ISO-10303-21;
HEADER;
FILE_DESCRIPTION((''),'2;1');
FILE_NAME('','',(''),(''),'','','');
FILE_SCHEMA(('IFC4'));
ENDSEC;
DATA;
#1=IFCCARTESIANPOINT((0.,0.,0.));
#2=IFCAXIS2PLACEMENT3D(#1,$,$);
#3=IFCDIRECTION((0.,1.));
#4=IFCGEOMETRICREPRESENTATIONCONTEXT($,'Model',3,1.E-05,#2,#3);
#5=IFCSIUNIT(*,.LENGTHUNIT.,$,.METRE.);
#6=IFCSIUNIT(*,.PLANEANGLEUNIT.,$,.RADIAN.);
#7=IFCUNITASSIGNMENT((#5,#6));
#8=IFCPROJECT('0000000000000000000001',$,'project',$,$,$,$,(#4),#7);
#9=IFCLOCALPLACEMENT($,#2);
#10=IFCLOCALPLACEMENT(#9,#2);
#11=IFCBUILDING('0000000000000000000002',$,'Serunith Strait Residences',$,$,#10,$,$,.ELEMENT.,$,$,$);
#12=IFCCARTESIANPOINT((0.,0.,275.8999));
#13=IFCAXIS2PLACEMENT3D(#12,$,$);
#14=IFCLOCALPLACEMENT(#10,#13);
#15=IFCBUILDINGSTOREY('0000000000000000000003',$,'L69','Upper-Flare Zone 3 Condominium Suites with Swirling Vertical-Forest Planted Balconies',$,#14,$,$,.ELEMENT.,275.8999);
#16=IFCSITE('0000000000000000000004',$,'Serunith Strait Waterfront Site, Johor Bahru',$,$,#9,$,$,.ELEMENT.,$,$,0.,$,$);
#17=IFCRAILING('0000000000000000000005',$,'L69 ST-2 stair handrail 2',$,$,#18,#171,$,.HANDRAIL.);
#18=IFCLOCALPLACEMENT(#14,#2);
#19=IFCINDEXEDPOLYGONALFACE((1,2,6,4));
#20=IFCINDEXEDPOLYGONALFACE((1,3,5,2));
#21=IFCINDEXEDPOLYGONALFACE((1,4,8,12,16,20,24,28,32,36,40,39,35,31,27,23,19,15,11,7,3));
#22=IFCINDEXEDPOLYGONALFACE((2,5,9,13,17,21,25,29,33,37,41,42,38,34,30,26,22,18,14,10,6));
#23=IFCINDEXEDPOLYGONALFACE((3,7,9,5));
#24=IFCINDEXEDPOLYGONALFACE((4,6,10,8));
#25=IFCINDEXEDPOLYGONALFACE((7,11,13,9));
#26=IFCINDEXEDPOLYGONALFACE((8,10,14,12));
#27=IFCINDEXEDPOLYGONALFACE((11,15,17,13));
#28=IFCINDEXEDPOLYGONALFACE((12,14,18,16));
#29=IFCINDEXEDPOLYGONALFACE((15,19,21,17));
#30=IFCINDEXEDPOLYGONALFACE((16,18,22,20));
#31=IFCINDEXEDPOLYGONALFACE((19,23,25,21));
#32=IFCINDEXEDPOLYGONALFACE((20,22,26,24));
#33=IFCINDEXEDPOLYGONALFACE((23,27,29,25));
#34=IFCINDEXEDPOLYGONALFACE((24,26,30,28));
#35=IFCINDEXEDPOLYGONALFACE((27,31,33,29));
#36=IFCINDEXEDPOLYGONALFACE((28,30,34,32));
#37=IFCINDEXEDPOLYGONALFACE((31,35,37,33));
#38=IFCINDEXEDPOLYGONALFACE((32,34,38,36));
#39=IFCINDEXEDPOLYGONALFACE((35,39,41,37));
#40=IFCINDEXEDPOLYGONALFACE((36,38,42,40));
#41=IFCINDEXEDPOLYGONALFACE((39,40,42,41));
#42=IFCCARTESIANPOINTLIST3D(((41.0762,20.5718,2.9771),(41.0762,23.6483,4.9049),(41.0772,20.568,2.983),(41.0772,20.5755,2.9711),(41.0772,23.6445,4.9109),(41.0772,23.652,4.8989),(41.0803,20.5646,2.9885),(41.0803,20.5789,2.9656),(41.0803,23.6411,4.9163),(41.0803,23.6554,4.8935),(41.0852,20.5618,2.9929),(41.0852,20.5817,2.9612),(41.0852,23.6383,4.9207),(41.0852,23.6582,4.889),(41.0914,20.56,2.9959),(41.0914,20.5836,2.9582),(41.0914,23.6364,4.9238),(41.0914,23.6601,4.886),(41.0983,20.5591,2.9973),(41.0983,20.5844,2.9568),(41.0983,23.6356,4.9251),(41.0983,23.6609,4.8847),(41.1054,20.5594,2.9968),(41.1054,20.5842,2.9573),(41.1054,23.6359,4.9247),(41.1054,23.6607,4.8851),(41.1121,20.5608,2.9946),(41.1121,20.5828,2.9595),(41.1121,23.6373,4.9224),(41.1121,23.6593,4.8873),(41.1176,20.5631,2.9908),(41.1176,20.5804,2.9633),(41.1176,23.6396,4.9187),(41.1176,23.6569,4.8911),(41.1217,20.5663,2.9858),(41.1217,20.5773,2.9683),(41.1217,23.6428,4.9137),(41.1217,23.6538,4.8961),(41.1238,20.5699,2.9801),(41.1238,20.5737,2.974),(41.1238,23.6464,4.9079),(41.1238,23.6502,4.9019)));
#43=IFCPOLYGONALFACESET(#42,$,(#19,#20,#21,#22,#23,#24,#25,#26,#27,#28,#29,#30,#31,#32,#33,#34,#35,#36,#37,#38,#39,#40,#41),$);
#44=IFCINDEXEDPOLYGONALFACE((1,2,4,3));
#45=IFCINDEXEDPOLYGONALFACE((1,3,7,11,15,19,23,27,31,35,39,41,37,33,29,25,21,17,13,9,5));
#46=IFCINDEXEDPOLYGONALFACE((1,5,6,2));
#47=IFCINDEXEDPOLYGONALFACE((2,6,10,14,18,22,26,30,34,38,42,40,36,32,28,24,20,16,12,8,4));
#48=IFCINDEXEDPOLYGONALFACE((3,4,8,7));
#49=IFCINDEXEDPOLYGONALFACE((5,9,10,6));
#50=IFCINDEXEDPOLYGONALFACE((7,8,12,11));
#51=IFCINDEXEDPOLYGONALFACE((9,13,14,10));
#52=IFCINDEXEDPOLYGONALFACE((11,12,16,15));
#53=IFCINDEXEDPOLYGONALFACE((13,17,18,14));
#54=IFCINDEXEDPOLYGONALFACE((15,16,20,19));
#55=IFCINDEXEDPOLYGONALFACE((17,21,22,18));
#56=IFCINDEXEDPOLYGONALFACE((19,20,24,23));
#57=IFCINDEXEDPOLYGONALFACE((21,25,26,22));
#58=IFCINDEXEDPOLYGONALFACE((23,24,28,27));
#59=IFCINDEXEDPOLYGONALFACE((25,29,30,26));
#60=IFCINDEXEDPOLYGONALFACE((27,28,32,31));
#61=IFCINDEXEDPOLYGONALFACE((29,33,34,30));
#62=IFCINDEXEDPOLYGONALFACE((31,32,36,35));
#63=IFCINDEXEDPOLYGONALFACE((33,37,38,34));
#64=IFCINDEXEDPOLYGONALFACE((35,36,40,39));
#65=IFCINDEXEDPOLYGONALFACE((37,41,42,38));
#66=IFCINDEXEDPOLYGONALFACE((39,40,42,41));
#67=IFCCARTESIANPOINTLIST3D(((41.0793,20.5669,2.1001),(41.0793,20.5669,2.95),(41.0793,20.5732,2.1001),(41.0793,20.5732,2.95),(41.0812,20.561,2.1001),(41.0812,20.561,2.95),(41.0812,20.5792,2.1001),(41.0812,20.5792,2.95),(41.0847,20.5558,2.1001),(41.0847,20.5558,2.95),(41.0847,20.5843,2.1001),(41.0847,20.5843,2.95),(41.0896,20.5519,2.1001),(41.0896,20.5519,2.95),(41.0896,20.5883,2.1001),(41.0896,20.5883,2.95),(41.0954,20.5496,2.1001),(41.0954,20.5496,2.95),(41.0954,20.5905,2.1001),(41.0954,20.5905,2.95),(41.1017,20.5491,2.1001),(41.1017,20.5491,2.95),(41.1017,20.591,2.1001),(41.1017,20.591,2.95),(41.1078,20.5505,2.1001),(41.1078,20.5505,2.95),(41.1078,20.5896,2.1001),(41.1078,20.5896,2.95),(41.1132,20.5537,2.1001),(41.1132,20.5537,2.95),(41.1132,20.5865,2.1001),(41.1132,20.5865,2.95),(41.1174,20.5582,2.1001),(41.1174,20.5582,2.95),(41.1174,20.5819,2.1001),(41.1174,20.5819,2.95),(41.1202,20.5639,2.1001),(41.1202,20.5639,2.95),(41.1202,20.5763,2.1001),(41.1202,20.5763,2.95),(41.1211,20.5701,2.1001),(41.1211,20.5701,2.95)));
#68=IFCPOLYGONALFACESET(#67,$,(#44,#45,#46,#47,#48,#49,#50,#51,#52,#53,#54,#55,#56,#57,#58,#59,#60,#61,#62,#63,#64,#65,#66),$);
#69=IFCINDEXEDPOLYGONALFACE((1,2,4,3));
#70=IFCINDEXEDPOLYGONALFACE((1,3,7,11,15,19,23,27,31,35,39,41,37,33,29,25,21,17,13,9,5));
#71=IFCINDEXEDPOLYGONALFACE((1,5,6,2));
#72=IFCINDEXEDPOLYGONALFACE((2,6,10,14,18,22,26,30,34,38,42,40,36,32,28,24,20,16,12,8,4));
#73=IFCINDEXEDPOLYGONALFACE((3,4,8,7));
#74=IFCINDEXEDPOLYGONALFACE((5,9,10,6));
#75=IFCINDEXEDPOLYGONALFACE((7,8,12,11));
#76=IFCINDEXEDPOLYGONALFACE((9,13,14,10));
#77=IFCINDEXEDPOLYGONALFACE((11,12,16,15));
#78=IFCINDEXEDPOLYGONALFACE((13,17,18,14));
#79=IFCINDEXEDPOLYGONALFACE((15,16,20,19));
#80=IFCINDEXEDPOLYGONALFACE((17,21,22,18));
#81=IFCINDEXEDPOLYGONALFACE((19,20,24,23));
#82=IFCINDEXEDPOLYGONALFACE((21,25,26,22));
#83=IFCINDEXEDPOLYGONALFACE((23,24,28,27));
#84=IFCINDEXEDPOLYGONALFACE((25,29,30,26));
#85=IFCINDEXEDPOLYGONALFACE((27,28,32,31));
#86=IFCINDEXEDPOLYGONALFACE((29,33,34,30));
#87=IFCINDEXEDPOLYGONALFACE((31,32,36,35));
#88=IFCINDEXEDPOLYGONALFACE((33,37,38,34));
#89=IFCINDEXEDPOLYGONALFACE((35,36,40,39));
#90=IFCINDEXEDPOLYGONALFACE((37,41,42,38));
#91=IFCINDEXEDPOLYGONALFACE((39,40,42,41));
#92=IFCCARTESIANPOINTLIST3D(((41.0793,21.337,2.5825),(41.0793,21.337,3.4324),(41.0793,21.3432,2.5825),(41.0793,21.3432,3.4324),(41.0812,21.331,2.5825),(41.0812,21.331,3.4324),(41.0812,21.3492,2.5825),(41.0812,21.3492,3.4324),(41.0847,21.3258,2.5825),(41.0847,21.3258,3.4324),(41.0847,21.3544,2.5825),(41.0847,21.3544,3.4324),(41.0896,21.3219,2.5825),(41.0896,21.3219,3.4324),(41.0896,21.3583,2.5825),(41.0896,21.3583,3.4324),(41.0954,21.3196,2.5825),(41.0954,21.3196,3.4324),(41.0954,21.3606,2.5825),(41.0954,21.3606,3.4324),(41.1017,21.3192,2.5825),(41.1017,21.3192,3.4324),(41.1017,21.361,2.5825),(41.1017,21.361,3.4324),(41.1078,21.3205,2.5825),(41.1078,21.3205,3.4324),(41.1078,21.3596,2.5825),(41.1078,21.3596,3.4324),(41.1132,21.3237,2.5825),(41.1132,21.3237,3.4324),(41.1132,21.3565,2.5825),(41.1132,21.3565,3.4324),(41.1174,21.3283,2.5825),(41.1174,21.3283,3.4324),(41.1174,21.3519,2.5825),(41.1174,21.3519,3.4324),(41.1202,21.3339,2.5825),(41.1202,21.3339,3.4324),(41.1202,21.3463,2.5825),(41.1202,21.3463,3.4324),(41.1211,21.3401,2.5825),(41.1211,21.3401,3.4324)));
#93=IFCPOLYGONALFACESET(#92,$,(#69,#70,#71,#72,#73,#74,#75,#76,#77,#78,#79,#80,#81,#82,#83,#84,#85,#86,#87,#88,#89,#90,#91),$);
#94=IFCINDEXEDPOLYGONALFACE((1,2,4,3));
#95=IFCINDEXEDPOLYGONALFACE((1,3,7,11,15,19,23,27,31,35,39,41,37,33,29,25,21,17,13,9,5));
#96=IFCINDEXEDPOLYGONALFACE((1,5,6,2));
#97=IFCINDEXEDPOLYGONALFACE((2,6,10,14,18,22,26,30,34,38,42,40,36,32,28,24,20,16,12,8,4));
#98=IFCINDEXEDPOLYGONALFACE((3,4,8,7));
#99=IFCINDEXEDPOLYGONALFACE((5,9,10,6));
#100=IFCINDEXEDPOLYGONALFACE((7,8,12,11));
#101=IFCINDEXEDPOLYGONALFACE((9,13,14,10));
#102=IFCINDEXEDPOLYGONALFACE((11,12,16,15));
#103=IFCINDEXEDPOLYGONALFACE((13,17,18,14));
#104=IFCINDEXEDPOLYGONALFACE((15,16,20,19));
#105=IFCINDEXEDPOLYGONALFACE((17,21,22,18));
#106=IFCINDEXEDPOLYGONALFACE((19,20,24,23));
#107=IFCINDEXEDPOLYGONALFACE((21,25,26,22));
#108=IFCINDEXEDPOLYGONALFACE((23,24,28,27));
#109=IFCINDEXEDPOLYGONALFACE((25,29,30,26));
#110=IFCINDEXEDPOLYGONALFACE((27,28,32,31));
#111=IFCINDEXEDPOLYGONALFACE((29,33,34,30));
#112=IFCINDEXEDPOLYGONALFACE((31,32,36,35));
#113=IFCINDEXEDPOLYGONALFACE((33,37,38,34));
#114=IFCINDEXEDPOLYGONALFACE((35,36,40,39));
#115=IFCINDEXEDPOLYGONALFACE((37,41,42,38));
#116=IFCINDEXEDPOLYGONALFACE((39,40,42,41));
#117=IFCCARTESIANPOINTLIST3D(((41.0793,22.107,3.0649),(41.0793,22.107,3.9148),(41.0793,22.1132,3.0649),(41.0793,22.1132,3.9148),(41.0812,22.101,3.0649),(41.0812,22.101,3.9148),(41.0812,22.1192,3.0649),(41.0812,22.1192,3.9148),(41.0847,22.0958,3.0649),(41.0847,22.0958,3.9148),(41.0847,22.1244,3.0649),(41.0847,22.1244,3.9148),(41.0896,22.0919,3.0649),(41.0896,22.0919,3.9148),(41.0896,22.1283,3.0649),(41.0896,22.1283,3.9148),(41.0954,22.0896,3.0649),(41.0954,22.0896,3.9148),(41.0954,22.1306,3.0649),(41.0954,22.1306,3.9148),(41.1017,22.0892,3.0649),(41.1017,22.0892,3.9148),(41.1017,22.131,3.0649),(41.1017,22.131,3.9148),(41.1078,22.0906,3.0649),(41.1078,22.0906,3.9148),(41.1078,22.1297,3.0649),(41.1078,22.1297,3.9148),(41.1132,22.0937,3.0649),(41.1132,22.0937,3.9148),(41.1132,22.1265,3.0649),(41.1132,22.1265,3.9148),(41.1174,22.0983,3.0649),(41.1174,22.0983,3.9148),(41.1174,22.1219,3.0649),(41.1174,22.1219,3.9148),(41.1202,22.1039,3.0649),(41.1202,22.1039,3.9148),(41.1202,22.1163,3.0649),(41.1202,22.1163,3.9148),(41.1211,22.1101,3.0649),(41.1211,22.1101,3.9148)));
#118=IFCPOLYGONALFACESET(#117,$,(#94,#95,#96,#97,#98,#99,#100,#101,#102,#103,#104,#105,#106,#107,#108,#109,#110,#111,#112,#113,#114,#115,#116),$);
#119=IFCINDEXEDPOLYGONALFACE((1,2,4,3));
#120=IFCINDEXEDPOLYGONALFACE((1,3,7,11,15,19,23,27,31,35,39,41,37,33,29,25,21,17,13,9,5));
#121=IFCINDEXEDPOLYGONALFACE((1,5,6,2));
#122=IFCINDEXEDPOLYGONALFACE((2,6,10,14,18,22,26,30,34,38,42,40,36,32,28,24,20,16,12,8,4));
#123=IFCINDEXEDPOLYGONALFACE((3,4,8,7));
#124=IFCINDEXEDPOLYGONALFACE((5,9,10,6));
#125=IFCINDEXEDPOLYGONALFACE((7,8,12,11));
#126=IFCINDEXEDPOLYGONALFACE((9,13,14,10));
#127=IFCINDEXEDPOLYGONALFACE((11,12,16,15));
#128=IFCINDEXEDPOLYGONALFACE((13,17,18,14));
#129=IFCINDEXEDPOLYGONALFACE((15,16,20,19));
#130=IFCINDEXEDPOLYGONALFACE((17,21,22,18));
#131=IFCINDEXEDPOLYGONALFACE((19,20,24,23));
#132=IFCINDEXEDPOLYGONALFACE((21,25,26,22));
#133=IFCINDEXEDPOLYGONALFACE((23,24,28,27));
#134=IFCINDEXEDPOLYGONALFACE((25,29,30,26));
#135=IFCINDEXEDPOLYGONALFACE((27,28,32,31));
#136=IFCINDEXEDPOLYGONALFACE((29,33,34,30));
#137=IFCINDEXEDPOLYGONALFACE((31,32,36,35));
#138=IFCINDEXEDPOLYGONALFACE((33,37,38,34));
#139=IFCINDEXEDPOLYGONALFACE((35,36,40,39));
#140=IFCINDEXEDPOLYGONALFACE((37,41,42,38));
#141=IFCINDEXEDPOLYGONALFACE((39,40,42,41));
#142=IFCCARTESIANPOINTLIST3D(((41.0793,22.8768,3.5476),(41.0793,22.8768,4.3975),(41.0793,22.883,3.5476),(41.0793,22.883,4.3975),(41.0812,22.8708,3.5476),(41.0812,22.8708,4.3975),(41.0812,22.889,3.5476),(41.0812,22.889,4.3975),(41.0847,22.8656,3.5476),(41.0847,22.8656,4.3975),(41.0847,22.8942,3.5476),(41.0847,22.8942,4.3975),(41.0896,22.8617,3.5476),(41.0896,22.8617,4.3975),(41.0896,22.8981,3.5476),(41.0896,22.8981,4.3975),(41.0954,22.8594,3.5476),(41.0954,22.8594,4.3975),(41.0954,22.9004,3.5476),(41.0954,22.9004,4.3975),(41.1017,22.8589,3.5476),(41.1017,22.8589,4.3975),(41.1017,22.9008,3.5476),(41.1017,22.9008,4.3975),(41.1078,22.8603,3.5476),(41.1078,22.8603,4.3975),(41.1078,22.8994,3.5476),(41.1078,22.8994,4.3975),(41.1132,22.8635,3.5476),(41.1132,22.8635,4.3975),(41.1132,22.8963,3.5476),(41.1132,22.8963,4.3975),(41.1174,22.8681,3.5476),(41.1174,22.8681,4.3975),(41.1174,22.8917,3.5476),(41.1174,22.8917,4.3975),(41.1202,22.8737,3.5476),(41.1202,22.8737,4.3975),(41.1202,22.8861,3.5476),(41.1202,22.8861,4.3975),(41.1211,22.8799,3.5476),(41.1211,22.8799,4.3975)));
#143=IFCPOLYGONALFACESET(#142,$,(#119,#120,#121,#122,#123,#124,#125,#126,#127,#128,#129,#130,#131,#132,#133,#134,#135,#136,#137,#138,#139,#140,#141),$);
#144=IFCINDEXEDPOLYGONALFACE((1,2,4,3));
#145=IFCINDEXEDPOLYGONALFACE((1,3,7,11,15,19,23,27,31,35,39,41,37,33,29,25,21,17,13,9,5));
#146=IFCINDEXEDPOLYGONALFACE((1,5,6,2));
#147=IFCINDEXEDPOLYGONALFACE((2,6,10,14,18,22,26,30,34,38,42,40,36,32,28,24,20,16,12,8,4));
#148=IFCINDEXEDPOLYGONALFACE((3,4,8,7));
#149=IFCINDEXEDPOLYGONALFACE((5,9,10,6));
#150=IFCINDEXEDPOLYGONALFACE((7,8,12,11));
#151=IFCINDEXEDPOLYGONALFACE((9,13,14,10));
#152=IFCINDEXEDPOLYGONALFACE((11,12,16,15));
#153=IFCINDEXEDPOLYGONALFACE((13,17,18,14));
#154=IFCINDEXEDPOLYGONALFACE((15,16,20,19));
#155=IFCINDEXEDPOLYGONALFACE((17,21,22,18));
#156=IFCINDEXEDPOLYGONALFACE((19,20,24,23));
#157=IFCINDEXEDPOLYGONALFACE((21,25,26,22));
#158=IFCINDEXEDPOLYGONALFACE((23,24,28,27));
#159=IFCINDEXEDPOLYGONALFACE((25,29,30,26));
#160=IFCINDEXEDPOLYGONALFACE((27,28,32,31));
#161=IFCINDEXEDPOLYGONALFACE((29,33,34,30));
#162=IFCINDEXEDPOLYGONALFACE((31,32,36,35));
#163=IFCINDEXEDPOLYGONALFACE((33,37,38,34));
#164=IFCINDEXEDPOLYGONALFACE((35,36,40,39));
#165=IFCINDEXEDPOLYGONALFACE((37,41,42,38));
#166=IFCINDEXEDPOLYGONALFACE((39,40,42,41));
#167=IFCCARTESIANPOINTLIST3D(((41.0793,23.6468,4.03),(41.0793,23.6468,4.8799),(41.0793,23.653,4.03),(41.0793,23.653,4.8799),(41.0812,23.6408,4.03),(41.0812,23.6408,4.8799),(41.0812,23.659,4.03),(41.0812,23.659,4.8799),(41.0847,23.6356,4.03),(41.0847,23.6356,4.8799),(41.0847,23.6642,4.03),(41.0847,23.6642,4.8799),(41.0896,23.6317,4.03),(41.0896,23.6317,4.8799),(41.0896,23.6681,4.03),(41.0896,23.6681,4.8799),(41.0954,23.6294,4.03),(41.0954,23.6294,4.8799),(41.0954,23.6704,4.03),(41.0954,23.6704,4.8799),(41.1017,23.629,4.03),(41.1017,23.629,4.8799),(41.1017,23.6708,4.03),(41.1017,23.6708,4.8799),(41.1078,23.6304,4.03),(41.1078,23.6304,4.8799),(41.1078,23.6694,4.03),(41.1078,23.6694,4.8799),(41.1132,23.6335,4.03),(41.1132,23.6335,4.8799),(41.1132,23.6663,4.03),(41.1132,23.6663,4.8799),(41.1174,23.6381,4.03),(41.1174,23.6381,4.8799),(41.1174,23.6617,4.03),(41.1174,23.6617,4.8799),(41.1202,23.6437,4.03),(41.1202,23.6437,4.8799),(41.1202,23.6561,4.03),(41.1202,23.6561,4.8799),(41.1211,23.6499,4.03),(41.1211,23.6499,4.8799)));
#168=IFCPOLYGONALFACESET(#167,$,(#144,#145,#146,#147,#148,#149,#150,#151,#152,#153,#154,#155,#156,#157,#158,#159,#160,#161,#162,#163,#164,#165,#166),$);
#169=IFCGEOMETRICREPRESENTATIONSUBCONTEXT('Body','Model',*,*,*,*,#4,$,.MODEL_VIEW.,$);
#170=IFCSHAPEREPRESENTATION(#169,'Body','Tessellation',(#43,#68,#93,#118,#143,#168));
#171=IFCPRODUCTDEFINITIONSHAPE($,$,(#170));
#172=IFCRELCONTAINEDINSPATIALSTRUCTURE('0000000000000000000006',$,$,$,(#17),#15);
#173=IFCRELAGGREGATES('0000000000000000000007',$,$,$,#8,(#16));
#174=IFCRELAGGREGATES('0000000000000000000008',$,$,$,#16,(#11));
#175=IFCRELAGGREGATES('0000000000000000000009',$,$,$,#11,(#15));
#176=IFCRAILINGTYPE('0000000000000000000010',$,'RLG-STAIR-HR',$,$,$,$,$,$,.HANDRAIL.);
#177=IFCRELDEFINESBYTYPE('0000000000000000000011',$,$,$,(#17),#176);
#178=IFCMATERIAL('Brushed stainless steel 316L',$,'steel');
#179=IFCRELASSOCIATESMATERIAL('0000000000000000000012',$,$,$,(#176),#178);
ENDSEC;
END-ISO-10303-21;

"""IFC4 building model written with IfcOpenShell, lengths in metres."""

from ifc_helpers import new_model, si_unit, direction, frame, origin, origin_2d, place, context, subcontext, project, spatial, circle, extrude, material, type_object, element, save


model = new_model("IFC4")

# Units and contexts
model_context = context("Model", 3, precision=1e-05, world=origin(), true_north=direction((0.0, 1.0)))
body_context = subcontext(model_context, "Body", "Model", "MODEL_VIEW")
ifc_project = project(units=[si_unit("LENGTHUNIT", "METRE"), si_unit("PLANEANGLEUNIT", "RADIAN")], contexts=[model_context])

# Site, building, storey
site_placement = place(None, origin())
site = spatial("IfcSite", under=ifc_project, at=site_placement, Name="Serunith Strait Waterfront Site, Johor Bahru", CompositionType="ELEMENT", RefElevation=0.0)
building_placement = place(site_placement, origin())
building = spatial("IfcBuilding", under=site, at=building_placement, Name="Serunith Strait Residences", CompositionType="ELEMENT")
storey_placement = place(building_placement, frame((0.0, 0.0, 275.8999)))
storey = spatial("IfcBuildingStorey", under=building, at=storey_placement, Name="L69", Description="Upper-Flare Zone 3 Condominium Suites with Swirling Vertical-Forest Planted Balconies", CompositionType="ELEMENT", Elevation=275.8999)

# Railing
ifc_material_1 = material(Name="Brushed stainless steel 316L", Category="steel")
railing_type_1 = type_object("IfcRailingType", Name="RLG-STAIR-HR", PredefinedType="HANDRAIL", material=ifc_material_1)
railing_1_placement = place(storey_placement, frame((41.1001, 20.5701, 2.1001)))
element("IfcRailing", 1, at=railing_1_placement, inside=storey, type_object=railing_type_1, Name="L69 ST-2 stair handrail 2", PredefinedType="HANDRAIL", context=body_context, shape_type="SweptSolid", body=[
    extrude(circle(Radius=0.0239, at=origin_2d()), frame((0.0, 0.0017, 0.877), z_axis=(0.0, 0.847375, 0.530995), x_axis=(-1.0, 0.0, 0.0)), (0.0, 0.0, 1.0), 3.6306),
    extrude(circle(Radius=0.021, at=origin_2d()), origin(), (0.0, 0.0, 1.0), 0.8499),
    extrude(circle(Radius=0.021, at=origin_2d()), frame((0.0, 0.77, 0.4824)), (0.0, 0.0, 1.0), 0.8499),
    extrude(circle(Radius=0.021, at=origin_2d()), frame((0.0, 1.54, 0.9648)), (0.0, 0.0, 1.0), 0.8499),
    extrude(circle(Radius=0.021, at=origin_2d()), frame((0.0, 2.3098, 1.4475)), (0.0, 0.0, 1.0), 0.8499),
    extrude(circle(Radius=0.021, at=origin_2d()), frame((0.0, 3.0798, 1.9299)), (0.0, 0.0, 1.0), 0.8499),
])

save(model, "model.ifc")
